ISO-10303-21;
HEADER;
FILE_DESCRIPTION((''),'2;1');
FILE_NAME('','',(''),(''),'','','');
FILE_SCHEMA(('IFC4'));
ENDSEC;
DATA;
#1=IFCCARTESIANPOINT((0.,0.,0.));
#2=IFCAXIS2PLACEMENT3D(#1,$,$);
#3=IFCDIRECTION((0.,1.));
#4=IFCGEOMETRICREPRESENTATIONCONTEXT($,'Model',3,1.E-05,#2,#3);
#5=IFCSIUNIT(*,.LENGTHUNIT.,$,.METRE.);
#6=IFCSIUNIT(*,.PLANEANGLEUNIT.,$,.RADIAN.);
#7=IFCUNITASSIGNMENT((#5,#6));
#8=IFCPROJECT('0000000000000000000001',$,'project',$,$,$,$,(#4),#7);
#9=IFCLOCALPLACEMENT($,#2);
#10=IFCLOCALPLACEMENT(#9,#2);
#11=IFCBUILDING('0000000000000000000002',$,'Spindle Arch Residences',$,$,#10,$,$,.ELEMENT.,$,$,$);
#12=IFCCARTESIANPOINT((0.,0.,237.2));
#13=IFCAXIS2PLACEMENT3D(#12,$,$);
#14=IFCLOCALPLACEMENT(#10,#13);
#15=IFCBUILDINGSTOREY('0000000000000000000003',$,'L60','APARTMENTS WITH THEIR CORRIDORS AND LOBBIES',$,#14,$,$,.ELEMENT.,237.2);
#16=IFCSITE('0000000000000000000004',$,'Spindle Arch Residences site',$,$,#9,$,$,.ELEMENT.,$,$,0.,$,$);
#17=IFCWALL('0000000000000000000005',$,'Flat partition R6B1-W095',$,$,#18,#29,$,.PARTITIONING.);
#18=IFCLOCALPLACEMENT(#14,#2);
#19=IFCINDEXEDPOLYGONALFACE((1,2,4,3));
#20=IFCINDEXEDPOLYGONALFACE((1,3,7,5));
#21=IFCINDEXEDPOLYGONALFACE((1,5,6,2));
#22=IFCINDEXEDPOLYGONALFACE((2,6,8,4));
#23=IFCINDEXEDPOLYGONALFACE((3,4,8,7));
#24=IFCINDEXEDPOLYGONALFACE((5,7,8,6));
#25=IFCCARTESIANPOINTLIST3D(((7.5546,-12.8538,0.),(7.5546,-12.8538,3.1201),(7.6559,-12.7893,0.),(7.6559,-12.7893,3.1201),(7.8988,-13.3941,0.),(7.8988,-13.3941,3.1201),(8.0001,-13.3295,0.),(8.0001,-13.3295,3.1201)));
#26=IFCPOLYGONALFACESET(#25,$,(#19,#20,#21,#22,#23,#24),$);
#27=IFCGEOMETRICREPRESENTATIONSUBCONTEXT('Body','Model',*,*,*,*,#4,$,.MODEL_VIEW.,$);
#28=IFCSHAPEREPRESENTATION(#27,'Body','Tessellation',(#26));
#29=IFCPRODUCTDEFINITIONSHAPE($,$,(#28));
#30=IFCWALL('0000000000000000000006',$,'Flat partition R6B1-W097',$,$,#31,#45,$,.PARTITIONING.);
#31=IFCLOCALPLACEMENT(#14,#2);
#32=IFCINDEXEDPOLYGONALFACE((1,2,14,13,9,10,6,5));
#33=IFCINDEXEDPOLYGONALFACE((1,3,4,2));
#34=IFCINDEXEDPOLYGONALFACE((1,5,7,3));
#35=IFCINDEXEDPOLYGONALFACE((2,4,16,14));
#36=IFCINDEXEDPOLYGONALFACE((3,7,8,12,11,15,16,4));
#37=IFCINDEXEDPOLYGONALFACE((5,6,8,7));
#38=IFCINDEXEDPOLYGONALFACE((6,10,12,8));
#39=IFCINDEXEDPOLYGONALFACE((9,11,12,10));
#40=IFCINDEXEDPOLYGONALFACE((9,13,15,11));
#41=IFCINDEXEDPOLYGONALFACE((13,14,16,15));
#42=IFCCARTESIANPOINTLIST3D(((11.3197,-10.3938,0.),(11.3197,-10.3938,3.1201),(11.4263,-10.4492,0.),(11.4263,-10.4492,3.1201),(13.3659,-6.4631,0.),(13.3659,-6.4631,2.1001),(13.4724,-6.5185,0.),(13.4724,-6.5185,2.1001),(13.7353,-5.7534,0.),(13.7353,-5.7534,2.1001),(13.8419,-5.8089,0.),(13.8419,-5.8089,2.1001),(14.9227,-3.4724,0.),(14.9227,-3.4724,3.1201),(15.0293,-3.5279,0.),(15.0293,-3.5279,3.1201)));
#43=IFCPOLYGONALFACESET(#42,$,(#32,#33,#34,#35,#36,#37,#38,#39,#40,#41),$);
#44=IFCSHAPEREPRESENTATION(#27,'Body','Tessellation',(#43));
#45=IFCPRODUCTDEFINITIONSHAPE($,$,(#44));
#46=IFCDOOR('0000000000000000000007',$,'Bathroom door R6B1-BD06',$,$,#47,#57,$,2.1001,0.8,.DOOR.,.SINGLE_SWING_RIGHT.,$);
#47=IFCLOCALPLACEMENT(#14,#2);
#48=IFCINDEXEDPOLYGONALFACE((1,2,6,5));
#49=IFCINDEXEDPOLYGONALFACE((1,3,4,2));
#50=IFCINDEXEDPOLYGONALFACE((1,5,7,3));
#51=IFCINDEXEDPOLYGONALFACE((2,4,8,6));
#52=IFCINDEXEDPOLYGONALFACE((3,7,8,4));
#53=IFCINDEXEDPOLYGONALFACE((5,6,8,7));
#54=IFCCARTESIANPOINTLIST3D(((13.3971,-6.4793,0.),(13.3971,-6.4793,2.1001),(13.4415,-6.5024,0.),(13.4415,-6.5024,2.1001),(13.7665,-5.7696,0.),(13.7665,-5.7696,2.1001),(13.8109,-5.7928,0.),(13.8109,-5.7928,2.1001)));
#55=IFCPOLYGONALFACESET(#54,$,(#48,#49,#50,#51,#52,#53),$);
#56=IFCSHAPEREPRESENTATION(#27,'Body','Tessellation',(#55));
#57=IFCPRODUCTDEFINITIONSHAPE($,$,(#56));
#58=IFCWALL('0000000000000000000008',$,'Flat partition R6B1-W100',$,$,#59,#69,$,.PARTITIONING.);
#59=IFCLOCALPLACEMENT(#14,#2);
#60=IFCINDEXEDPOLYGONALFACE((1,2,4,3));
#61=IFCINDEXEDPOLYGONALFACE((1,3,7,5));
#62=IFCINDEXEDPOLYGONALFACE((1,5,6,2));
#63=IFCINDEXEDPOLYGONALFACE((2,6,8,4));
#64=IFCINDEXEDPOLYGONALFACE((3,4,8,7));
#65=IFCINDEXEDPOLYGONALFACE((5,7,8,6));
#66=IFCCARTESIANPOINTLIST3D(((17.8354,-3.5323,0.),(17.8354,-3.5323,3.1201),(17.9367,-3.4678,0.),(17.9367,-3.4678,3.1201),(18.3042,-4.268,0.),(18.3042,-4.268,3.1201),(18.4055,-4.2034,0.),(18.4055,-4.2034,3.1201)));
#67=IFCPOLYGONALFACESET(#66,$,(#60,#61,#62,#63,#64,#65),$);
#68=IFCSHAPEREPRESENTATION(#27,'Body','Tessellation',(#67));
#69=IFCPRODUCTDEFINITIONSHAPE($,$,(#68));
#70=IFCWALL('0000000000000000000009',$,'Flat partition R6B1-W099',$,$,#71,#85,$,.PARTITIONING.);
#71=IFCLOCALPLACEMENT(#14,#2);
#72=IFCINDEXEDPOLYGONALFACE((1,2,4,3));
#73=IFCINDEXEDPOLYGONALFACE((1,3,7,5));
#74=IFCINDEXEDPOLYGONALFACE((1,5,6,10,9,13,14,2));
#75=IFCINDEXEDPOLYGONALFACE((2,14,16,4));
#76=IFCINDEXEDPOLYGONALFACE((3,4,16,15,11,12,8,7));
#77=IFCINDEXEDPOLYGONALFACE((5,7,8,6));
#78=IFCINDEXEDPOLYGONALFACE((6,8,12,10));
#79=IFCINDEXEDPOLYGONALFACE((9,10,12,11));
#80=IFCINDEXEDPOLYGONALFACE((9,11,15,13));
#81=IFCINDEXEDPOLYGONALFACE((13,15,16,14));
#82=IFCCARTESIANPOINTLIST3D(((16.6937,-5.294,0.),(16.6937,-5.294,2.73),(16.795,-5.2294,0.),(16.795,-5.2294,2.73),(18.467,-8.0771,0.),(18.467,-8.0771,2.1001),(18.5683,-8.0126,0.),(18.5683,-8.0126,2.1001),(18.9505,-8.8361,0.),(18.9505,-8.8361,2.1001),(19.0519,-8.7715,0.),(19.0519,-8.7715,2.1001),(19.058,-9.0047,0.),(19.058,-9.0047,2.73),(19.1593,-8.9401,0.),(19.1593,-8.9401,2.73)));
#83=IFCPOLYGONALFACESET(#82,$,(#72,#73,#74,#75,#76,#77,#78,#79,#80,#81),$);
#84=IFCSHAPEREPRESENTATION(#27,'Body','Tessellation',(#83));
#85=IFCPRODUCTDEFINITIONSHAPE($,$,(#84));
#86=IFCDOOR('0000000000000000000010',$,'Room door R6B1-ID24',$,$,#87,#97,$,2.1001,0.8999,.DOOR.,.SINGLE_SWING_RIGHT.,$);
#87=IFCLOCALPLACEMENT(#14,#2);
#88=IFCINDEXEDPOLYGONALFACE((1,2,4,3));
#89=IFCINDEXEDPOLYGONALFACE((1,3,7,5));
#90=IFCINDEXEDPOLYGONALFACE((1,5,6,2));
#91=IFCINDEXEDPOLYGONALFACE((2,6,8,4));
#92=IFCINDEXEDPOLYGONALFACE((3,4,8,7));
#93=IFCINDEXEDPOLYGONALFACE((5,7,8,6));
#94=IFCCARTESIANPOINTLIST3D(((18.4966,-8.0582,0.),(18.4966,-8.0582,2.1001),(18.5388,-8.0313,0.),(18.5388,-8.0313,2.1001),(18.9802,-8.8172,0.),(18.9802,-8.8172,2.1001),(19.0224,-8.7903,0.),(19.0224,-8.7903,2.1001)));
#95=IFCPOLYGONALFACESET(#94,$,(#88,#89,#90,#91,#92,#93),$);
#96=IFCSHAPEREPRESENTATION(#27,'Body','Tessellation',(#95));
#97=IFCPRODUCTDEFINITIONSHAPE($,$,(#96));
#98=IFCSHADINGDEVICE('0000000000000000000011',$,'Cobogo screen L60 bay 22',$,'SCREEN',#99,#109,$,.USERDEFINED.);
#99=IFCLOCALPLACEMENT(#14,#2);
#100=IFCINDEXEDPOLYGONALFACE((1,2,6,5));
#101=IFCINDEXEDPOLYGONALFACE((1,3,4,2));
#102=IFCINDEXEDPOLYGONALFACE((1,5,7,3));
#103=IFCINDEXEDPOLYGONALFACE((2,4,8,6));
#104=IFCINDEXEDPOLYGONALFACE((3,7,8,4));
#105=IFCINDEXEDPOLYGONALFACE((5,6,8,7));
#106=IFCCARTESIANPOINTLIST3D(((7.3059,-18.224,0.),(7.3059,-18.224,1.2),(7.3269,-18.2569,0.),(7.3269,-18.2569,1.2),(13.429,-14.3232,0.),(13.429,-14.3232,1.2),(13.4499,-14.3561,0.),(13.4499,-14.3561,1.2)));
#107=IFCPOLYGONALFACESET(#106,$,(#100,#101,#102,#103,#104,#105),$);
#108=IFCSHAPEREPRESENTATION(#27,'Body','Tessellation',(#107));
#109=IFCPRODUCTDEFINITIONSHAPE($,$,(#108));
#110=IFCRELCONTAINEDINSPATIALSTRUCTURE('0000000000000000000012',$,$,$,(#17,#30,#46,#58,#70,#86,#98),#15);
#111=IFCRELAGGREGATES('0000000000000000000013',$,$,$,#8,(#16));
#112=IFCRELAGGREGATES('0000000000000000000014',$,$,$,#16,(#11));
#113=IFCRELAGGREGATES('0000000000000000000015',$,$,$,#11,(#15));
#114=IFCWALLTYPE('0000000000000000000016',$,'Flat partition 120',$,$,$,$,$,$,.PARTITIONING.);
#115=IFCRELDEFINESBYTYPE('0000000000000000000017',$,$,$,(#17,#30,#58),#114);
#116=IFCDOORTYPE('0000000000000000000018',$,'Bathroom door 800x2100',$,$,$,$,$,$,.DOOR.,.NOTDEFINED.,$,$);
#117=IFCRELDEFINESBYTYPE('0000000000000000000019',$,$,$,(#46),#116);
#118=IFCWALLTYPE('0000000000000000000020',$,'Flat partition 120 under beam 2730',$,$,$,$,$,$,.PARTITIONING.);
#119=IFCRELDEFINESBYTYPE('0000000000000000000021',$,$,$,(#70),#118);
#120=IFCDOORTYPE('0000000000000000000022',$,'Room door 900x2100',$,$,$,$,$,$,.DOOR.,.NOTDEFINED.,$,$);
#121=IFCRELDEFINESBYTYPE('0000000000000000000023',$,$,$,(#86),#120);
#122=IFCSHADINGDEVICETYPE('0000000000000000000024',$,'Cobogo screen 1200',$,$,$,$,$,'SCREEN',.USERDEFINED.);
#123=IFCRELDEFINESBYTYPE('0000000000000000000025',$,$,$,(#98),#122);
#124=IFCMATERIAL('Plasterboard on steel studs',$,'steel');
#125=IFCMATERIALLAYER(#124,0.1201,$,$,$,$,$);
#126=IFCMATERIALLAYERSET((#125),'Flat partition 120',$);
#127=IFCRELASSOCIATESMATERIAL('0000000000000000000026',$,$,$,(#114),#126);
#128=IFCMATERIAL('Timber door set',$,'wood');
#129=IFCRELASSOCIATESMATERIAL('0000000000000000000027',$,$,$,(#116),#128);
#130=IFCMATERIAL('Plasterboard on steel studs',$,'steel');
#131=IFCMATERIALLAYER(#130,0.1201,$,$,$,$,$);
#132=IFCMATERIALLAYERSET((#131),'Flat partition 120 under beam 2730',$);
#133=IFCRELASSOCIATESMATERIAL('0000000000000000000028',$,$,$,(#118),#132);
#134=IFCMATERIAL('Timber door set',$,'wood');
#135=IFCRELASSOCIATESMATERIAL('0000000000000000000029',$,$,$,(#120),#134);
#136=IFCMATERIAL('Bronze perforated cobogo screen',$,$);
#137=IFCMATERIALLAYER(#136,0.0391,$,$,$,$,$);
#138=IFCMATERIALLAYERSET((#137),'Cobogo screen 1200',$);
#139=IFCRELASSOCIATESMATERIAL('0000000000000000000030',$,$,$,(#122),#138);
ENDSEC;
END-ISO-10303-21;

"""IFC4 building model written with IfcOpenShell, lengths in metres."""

from ifc_helpers import new_model, si_unit, direction, frame, frame_2d, origin, origin_2d, place, context, subcontext, project, spatial, rectangle, extrude, material, layer, layer_set, type_object, element, fill, save


model = new_model("IFC4")

# Units and contexts
model_context = context("Model", 3, precision=1e-05, world=origin(), true_north=direction((0.0, 1.0)))
body_context = subcontext(model_context, "Body", "Model", "MODEL_VIEW")
ifc_project = project(units=[si_unit("LENGTHUNIT", "METRE"), si_unit("PLANEANGLEUNIT", "RADIAN")], contexts=[model_context])

# Site, building, storey
site_placement = place(None, origin())
site = spatial("IfcSite", under=ifc_project, at=site_placement, Name="Spindle Arch Residences site", CompositionType="ELEMENT", RefElevation=0.0)
building_placement = place(site_placement, origin())
building = spatial("IfcBuilding", under=site, at=building_placement, Name="Spindle Arch Residences", CompositionType="ELEMENT")
storey_placement = place(building_placement, frame((0.0, 0.0, 237.2)))
storey = spatial("IfcBuildingStorey", under=building, at=storey_placement, Name="L60", Description="APARTMENTS WITH THEIR CORRIDORS AND LOBBIES", CompositionType="ELEMENT", Elevation=237.2)

# Wall
ifc_material_1 = material(Name="Plasterboard on steel studs", Category="steel")
ifc_layer_1 = layer(ifc_material_1, 0.1201)
ifc_layer_set_1 = layer_set([ifc_layer_1], Name="Flat partition 120")
wall_type_1 = type_object("IfcWallType", Name="Flat partition 120", PredefinedType="PARTITIONING", material=ifc_layer_set_1)
wall_1_placement = place(storey_placement, frame((7.9495, -13.3618, 0.0), z_axis=(0.0, 0.0, 1.0), x_axis=(-0.537344, 0.843363, 0.0)))
element("IfcWall", 1, at=wall_1_placement, inside=storey, type_object=wall_type_1, Name="Flat partition R6B1-W095", PredefinedType="PARTITIONING", context=body_context, shape_type="SweptSolid", body=[
    extrude(rectangle(XDim=0.6406, YDim=0.1201, at=frame_2d((0.3203, 0.0))), origin(), (0.0, 0.0, 1.0), 3.1201),
])

# Wall, opening, door
wall_2_placement = place(storey_placement, frame((11.373, -10.4214, 0.0), z_axis=(0.0, 0.0, 1.0), x_axis=(0.461747, 0.887012, 0.0)))
wall_2 = element("IfcWall", 2, at=wall_2_placement, inside=storey, type_object=wall_type_1, Name="Flat partition R6B1-W097", PredefinedType="PARTITIONING", context=body_context, shape_type="SweptSolid", body=[
    extrude(rectangle(XDim=7.803, YDim=0.1201, at=frame_2d((3.9014, 0.0))), origin(), (0.0, 0.0, 1.0), 3.1201),
])
opening_1_placement = place(wall_2_placement, frame((4.4314, 0.0, 0.0)))
opening_1 = element("IfcOpeningElement", 3, at=opening_1_placement, cuts=wall_2, PredefinedType="OPENING", context=body_context, shape_type="SweptSolid", body=[
    extrude(rectangle(XDim=0.8, YDim=2.1001, at=frame_2d((0.3999, 1.05))), frame((0.0, 0.0701, 0.0), z_axis=(0.0, -1.0, 0.0), x_axis=(1.0, 0.0, 0.0)), (0.0, 0.0, 1.0), 0.1401),
])
ifc_material_2 = material(Name="Timber door set", Category="wood")
door_type_1 = type_object("IfcDoorType", Name="Bathroom door 800x2100", OperationType="NOTDEFINED", PredefinedType="DOOR", material=ifc_material_2)
door_1_placement = place(opening_1_placement, origin())
door_1 = element("IfcDoor", 4, at=door_1_placement, inside=storey, type_object=door_type_1, Name="Bathroom door R6B1-BD06", OperationType="SINGLE_SWING_RIGHT", OverallHeight=2.1001, OverallWidth=0.8, PredefinedType="DOOR", context=body_context, shape_type="SweptSolid", body=[
    extrude(rectangle(XDim=0.8, YDim=2.1001, at=frame_2d((0.3999, 1.05))), frame((0.0, 0.0249, 0.0), z_axis=(0.0, -1.0, 0.0), x_axis=(1.0, 0.0, 0.0)), (0.0, 0.0, 1.0), 0.05),
])
fill(opening_1, door_1)

# Wall
wall_3_placement = place(storey_placement, frame((18.3547, -4.2356, 0.0), z_axis=(0.0, 0.0, 1.0), x_axis=(-0.537401, 0.843327, 0.0)))
element("IfcWall", 5, at=wall_3_placement, inside=storey, type_object=wall_type_1, Name="Flat partition R6B1-W100", PredefinedType="PARTITIONING", context=body_context, shape_type="SweptSolid", body=[
    extrude(rectangle(XDim=0.8723, YDim=0.1201, at=frame_2d((0.436, 0.0))), origin(), (0.0, 0.0, 1.0), 3.1201),
])

# Wall, opening, door
ifc_material_3 = material(Name="Plasterboard on steel studs", Category="steel")
ifc_layer_2 = layer(ifc_material_3, 0.1201)
ifc_layer_set_2 = layer_set([ifc_layer_2], Name="Flat partition 120 under beam 2730")
wall_type_2 = type_object("IfcWallType", Name="Flat partition 120 under beam 2730", PredefinedType="PARTITIONING", material=ifc_layer_set_2)
wall_4_placement = place(storey_placement, frame((19.1086, -8.9724, 0.0), z_axis=(0.0, 0.0, 1.0), x_axis=(-0.537346, 0.843362, 0.0)))
wall_4 = element("IfcWall", 6, at=wall_4_placement, inside=storey, type_object=wall_type_2, Name="Flat partition R6B1-W099", PredefinedType="PARTITIONING", context=body_context, shape_type="SweptSolid", body=[
    extrude(rectangle(XDim=4.3999, YDim=0.1201, at=frame_2d((2.2, 0.0))), origin(), (0.0, 0.0, 1.0), 2.73),
])
opening_2_placement = place(wall_4_placement, frame((0.2, 0.0, 0.0)))
opening_2 = element("IfcOpeningElement", 7, at=opening_2_placement, cuts=wall_4, PredefinedType="OPENING", context=body_context, shape_type="SweptSolid", body=[
    extrude(rectangle(XDim=0.8999, YDim=2.1001, at=frame_2d((0.45, 1.05))), frame((0.0, 0.0701, 0.0), z_axis=(0.0, -1.0, 0.0), x_axis=(1.0, 0.0, 0.0)), (0.0, 0.0, 1.0), 0.1401),
])
ifc_material_4 = material(Name="Timber door set", Category="wood")
door_type_2 = type_object("IfcDoorType", Name="Room door 900x2100", OperationType="NOTDEFINED", PredefinedType="DOOR", material=ifc_material_4)
door_2_placement = place(opening_2_placement, origin())
door_2 = element("IfcDoor", 8, at=door_2_placement, inside=storey, type_object=door_type_2, Name="Room door R6B1-ID24", OperationType="SINGLE_SWING_RIGHT", OverallHeight=2.1001, OverallWidth=0.8999, PredefinedType="DOOR", context=body_context, shape_type="SweptSolid", body=[
    extrude(rectangle(XDim=0.8999, YDim=2.1001, at=frame_2d((0.45, 1.05))), frame((0.0, 0.0249, 0.0), z_axis=(0.0, -1.0, 0.0), x_axis=(1.0, 0.0, 0.0)), (0.0, 0.0, 1.0), 0.05),
])
fill(opening_2, door_2)

# Shading device
ifc_material_5 = material(Name="Bronze perforated cobogo screen")
ifc_layer_3 = layer(ifc_material_5, 0.0391)
ifc_layer_set_3 = layer_set([ifc_layer_3], Name="Cobogo screen 1200")
shading_device_type = type_object("IfcShadingDeviceType", Name="Cobogo screen 1200", ElementType="SCREEN", PredefinedType="USERDEFINED", material=ifc_layer_set_3)
shading_device_placement = place(storey_placement, frame((10.3779, -16.29, 0.0), z_axis=(0.0, 0.0, 1.0), x_axis=(0.843391, 0.5373, 0.0)))
element("IfcShadingDevice", 9, at=shading_device_placement, inside=storey, type_object=shading_device_type, Name="Cobogo screen L60 bay 22", ObjectType="SCREEN", PredefinedType="USERDEFINED", context=body_context, shape_type="SweptSolid", body=[
    extrude(rectangle(XDim=7.26, YDim=0.0391, at=origin_2d()), origin(), (0.0, 0.0, 1.0), 1.2),
])

save(model, "model.ifc")
